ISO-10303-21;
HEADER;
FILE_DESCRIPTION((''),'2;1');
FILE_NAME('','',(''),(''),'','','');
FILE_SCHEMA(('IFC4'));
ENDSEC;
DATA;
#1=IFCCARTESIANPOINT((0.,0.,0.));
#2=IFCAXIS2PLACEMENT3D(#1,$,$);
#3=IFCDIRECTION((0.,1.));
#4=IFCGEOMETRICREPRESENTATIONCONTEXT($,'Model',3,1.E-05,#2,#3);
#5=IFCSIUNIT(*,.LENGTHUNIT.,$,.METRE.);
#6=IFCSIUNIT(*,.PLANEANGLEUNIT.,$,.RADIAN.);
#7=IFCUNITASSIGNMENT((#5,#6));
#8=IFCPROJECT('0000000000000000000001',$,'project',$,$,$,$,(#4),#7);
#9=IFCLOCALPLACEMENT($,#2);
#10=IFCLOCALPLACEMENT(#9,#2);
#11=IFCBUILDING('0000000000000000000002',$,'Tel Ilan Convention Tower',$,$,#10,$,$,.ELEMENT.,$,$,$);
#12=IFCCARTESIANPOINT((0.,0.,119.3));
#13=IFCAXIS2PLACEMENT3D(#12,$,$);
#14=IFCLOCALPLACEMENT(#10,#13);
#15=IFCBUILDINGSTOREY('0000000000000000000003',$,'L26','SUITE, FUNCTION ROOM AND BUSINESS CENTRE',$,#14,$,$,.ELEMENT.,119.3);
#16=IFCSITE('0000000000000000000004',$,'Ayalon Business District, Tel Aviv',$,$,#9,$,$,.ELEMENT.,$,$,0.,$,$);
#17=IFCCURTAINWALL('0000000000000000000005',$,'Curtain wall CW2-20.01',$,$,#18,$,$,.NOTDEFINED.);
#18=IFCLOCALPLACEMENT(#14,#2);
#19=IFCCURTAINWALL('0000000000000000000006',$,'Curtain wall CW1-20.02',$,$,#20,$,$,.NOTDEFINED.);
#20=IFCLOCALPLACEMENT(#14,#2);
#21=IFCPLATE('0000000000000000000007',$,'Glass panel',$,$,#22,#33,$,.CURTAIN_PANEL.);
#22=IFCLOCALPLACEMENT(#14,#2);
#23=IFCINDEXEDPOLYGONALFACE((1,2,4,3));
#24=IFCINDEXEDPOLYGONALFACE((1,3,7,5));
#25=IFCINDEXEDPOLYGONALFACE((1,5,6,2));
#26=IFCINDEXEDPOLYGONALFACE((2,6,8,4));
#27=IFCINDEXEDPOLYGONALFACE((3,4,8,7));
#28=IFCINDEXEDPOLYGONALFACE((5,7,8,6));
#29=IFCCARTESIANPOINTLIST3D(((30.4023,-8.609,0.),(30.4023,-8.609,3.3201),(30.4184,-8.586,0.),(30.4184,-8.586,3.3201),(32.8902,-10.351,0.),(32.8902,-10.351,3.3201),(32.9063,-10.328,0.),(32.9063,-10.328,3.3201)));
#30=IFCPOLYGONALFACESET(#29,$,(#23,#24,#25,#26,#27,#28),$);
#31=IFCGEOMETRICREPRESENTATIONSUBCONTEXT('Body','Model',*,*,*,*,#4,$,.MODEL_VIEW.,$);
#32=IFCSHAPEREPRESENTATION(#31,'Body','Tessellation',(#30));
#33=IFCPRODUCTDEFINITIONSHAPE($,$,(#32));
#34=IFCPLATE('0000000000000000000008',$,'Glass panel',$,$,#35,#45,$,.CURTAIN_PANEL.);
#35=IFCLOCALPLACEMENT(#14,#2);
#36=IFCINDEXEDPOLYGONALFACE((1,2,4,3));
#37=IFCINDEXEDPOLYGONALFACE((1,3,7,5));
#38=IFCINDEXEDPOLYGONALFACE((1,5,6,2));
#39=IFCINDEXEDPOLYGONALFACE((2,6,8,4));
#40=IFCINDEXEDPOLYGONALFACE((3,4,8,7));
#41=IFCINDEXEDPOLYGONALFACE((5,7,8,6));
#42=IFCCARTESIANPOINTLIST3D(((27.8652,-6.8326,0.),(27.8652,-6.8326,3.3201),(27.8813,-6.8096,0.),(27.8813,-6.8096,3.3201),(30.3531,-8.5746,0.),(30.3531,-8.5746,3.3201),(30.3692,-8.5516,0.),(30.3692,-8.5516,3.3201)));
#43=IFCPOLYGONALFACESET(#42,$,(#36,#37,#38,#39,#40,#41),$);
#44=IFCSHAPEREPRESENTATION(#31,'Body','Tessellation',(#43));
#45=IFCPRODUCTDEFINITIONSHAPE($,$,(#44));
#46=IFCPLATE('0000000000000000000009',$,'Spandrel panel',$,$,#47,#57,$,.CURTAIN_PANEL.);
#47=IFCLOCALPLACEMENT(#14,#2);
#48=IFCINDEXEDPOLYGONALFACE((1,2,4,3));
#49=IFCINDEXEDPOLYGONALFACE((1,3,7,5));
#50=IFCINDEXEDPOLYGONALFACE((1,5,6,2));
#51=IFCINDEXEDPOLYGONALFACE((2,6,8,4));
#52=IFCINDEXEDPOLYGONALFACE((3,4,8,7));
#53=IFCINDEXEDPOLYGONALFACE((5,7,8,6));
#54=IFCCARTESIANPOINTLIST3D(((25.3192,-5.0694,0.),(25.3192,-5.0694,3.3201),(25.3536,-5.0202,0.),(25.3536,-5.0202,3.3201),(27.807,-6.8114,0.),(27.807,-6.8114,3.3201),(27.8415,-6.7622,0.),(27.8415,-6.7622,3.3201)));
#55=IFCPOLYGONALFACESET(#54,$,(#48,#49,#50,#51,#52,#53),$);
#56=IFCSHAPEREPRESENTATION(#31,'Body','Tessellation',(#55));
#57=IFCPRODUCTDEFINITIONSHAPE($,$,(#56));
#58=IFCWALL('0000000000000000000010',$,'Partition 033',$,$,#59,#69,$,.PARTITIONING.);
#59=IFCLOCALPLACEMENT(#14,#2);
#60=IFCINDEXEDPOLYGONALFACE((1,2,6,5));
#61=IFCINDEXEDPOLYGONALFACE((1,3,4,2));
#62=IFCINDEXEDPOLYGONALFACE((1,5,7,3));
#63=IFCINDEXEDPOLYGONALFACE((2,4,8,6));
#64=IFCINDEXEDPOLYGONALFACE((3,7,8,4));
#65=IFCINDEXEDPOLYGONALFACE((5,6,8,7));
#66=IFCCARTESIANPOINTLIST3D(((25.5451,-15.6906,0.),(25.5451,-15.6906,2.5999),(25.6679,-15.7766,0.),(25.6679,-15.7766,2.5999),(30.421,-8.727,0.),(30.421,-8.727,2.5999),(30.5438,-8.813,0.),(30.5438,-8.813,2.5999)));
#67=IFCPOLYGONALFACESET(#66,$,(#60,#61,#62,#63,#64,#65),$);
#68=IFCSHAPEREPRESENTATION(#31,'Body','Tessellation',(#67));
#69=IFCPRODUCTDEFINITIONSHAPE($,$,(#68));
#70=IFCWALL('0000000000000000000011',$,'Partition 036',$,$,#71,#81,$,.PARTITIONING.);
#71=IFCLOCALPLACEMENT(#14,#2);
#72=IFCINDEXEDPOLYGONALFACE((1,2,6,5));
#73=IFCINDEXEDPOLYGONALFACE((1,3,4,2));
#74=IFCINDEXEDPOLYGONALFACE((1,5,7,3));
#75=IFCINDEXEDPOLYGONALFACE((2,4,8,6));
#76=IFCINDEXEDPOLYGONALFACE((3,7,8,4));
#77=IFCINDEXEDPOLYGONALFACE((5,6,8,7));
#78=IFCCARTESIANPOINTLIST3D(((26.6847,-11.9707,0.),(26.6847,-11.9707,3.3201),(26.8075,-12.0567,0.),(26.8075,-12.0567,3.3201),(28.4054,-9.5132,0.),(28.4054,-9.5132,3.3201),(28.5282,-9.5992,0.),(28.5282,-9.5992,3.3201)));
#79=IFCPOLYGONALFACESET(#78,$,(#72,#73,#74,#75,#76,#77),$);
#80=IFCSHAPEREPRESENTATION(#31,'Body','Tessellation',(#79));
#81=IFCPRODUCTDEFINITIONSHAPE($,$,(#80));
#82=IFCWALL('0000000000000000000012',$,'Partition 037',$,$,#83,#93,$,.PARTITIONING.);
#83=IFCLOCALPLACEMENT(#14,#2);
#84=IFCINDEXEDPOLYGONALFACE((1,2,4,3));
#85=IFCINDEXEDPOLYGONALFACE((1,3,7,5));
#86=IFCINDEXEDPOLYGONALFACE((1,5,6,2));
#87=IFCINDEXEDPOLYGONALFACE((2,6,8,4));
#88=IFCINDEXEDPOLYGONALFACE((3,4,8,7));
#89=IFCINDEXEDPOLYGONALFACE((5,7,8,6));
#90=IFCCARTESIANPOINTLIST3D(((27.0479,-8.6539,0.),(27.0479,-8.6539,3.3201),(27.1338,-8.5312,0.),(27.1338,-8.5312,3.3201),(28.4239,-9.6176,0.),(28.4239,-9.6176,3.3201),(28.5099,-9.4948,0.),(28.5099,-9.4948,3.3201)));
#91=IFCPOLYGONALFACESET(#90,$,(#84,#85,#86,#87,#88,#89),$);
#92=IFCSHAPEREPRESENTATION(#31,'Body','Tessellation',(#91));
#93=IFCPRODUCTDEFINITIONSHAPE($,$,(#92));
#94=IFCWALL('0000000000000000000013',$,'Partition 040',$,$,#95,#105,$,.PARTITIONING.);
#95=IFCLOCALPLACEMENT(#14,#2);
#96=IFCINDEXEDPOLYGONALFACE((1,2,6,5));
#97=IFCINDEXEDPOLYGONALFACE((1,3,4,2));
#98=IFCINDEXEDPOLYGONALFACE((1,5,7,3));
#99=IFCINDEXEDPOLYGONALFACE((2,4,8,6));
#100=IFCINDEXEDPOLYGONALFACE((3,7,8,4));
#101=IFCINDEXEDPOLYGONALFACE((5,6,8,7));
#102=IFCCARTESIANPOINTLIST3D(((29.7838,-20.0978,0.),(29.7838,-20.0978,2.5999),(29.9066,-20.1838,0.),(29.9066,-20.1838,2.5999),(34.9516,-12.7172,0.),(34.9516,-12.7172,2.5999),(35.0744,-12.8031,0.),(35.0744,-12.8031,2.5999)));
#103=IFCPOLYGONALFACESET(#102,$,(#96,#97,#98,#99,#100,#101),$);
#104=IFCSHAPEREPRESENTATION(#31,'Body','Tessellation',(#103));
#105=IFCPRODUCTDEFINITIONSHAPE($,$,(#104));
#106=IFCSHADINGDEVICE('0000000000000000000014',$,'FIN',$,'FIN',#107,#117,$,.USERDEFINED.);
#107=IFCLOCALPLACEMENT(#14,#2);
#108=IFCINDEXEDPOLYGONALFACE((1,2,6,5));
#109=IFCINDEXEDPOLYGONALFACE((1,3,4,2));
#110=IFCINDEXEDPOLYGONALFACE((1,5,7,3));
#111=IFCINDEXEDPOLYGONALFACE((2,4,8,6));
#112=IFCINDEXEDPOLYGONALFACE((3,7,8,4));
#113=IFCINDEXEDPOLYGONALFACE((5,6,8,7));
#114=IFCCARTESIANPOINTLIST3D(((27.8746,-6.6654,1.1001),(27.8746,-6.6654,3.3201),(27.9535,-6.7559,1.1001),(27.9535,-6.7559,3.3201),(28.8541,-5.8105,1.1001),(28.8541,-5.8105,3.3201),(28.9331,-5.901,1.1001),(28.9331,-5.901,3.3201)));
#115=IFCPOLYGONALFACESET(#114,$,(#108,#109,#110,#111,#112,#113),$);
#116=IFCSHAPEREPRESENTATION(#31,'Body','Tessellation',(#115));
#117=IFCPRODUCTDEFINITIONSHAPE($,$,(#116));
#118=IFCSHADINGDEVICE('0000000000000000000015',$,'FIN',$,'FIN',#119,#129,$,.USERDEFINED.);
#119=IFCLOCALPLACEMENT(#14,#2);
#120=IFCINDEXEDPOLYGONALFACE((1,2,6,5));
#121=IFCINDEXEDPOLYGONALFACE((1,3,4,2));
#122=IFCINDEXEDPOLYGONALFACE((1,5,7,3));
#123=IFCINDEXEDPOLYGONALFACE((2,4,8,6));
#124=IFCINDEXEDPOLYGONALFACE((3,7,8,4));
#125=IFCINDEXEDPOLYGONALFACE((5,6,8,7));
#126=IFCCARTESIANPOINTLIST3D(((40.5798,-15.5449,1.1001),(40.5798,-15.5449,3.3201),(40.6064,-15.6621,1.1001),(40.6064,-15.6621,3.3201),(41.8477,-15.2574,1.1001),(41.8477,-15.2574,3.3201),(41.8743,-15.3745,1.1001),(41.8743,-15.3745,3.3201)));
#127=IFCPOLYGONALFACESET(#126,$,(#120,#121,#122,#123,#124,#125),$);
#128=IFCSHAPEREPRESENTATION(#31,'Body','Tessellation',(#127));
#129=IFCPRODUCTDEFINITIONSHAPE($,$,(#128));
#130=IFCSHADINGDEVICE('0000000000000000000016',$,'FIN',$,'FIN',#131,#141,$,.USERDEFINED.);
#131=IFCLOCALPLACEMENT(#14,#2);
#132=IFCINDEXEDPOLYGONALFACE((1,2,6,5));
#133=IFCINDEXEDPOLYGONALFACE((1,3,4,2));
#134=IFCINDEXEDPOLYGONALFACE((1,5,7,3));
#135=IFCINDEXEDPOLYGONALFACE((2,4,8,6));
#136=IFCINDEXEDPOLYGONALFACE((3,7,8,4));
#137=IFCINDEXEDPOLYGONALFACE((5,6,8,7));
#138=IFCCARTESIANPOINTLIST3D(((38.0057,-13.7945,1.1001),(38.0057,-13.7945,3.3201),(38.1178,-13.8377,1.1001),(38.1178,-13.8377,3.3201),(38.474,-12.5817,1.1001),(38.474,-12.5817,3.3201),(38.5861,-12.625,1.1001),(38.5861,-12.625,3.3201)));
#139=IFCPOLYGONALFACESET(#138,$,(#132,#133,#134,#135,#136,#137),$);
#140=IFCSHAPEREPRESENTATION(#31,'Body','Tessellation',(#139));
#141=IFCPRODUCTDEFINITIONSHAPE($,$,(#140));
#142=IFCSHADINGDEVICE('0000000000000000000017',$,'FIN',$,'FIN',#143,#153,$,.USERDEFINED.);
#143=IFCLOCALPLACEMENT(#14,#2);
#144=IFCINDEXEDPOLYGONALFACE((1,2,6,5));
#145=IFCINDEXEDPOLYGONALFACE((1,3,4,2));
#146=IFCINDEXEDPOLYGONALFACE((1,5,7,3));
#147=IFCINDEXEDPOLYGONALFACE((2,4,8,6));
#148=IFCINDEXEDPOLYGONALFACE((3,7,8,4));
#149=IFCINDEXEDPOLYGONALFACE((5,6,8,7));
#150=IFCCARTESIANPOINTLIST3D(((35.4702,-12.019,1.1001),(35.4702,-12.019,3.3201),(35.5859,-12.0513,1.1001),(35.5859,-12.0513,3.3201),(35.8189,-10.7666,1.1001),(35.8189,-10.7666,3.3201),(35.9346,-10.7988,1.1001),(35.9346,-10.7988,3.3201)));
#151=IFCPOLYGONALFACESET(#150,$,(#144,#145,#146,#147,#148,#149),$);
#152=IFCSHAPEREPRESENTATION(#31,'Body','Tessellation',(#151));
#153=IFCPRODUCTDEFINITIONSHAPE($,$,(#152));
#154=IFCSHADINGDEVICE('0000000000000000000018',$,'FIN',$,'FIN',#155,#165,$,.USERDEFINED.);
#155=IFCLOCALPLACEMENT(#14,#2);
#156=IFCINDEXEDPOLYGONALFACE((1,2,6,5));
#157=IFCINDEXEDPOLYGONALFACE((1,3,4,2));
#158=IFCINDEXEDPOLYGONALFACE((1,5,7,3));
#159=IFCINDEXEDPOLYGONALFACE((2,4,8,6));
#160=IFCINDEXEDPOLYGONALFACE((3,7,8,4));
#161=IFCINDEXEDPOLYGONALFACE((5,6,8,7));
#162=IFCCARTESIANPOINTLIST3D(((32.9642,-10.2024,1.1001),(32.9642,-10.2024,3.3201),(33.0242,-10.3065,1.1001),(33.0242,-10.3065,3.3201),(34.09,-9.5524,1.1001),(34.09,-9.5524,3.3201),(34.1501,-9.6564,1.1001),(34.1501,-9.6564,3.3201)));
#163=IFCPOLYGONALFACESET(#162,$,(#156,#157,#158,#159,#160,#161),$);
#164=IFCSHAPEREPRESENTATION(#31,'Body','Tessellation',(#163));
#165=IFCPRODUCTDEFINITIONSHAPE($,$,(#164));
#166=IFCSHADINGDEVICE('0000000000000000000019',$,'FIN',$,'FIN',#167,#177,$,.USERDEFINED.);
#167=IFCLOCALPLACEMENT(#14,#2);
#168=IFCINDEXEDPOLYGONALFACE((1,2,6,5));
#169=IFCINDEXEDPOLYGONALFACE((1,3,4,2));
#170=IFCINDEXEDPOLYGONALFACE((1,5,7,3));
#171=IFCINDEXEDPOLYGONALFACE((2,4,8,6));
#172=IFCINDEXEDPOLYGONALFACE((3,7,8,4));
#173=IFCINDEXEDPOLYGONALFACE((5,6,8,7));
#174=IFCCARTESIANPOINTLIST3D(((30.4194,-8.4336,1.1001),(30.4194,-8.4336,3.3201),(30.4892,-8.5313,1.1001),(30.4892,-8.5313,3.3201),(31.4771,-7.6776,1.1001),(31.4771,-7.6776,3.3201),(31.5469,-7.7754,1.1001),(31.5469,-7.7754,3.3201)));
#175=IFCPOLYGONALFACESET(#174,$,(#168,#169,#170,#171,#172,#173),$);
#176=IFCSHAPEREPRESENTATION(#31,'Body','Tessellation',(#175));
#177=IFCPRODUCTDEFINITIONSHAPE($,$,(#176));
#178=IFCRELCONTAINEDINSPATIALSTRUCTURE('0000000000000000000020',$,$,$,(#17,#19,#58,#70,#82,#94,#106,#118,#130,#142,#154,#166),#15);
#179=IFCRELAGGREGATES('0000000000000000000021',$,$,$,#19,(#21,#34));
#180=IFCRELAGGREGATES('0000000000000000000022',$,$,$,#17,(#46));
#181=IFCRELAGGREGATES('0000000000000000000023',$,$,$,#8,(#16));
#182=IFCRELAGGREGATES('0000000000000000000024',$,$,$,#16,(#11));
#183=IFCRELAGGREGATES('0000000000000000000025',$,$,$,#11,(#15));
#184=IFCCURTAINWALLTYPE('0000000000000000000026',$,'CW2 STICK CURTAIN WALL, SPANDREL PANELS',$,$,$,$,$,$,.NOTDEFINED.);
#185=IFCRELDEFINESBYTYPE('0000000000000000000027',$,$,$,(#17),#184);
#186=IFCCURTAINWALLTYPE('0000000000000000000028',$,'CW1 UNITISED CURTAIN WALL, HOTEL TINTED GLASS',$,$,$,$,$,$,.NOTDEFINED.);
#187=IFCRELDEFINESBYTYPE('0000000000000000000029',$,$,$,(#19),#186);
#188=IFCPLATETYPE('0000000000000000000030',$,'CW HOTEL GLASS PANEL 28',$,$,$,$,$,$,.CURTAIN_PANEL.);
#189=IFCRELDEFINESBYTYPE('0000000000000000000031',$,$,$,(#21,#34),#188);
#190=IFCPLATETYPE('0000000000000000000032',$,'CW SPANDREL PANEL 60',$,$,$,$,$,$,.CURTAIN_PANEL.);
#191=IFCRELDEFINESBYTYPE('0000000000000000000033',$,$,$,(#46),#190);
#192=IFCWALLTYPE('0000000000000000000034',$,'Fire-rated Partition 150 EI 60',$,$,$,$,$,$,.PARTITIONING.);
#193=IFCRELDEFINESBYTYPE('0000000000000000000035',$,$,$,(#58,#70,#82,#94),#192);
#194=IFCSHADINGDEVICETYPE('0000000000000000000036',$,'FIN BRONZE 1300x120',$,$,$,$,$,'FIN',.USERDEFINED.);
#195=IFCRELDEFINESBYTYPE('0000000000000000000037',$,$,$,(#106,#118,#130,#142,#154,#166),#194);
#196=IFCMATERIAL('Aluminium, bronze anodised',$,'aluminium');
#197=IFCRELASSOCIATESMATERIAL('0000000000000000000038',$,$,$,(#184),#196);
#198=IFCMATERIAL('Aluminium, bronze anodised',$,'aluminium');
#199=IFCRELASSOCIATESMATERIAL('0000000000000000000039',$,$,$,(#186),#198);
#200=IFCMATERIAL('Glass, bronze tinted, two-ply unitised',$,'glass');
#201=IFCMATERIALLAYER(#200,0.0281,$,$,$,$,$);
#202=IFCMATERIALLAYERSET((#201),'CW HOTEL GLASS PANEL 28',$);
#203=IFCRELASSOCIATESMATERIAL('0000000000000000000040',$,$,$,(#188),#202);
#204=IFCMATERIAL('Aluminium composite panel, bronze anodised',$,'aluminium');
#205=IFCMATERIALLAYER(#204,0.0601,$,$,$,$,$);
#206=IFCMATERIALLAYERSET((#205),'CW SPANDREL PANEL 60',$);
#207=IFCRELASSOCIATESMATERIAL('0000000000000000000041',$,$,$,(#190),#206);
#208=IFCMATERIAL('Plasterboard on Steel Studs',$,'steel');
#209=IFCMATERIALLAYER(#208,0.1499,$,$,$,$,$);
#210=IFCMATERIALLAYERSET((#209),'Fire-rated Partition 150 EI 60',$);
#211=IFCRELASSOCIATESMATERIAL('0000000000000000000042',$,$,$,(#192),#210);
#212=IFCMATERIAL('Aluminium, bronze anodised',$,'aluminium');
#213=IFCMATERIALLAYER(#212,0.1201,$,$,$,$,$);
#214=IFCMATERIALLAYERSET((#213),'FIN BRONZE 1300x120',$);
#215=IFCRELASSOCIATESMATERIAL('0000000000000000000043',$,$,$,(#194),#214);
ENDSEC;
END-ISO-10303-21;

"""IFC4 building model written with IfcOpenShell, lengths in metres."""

from ifc_helpers import new_model, si_unit, direction, frame, frame_2d, origin, origin_2d, place, context, subcontext, project, spatial, rectangle, extrude, material, layer, layer_set, type_object, element, aggregate, save


model = new_model("IFC4")

# Units and contexts
model_context = context("Model", 3, precision=1e-05, world=origin(), true_north=direction((0.0, 1.0)))
body_context = subcontext(model_context, "Body", "Model", "MODEL_VIEW")
ifc_project = project(units=[si_unit("LENGTHUNIT", "METRE"), si_unit("PLANEANGLEUNIT", "RADIAN")], contexts=[model_context])

# Site, building, storey
site_placement = place(None, origin())
site = spatial("IfcSite", under=ifc_project, at=site_placement, Name="Ayalon Business District, Tel Aviv", CompositionType="ELEMENT", RefElevation=0.0)
building_placement = place(site_placement, origin())
building = spatial("IfcBuilding", under=site, at=building_placement, Name="Tel Ilan Convention Tower", CompositionType="ELEMENT")
storey_placement = place(building_placement, frame((0.0, 0.0, 119.3)))
storey = spatial("IfcBuildingStorey", under=building, at=storey_placement, Name="L26", Description="SUITE, FUNCTION ROOM AND BUSINESS CENTRE", CompositionType="ELEMENT", Elevation=119.3)

# Curtain walls
ifc_material_1 = material(Name="Aluminium, bronze anodised", Category="aluminium")
curtain_wall_type_1 = type_object("IfcCurtainWallType", Name="CW2 STICK CURTAIN WALL, SPANDREL PANELS", PredefinedType="NOTDEFINED", material=ifc_material_1)
curtain_wall_1_placement = place(storey_placement, origin())
curtain_wall_1 = element("IfcCurtainWall", 1, at=curtain_wall_1_placement, inside=storey, type_object=curtain_wall_type_1, Name="Curtain wall CW2-20.01", PredefinedType="NOTDEFINED")
ifc_material_2 = material(Name="Aluminium, bronze anodised", Category="aluminium")
curtain_wall_type_2 = type_object("IfcCurtainWallType", Name="CW1 UNITISED CURTAIN WALL, HOTEL TINTED GLASS", PredefinedType="NOTDEFINED", material=ifc_material_2)
curtain_wall_2_placement = place(storey_placement, origin())
curtain_wall_2 = element("IfcCurtainWall", 2, at=curtain_wall_2_placement, inside=storey, type_object=curtain_wall_type_2, Name="Curtain wall CW1-20.02", PredefinedType="NOTDEFINED")

# Plates
ifc_material_3 = material(Name="Glass, bronze tinted, two-ply unitised", Category="glass")
ifc_layer_1 = layer(ifc_material_3, 0.0281)
ifc_layer_set_1 = layer_set([ifc_layer_1], Name="CW HOTEL GLASS PANEL 28")
plate_type_1 = type_object("IfcPlateType", Name="CW HOTEL GLASS PANEL 28", PredefinedType="CURTAIN_PANEL", material=ifc_layer_set_1)
plate_1_placement = place(storey_placement, frame((31.6543, -9.4685, 0.0), z_axis=(0.0, 0.0, 1.0), x_axis=(-0.819152, 0.573576, 0.0)))
plate_1 = element("IfcPlate", 3, at=plate_1_placement, type_object=plate_type_1, Name="Glass panel", PredefinedType="CURTAIN_PANEL", context=body_context, shape_type="SweptSolid", body=[
    extrude(rectangle(XDim=3.0371, YDim=0.0281, at=origin_2d()), origin(), (0.0, 0.0, 1.0), 3.3201),
])
plate_2_placement = place(storey_placement, frame((29.1172, -7.6921, 0.0), z_axis=(0.0, 0.0, 1.0), x_axis=(-0.819152, 0.573576, 0.0)))
plate_2 = element("IfcPlate", 4, at=plate_2_placement, type_object=plate_type_1, Name="Glass panel", PredefinedType="CURTAIN_PANEL", context=body_context, shape_type="SweptSolid", body=[
    extrude(rectangle(XDim=3.0371, YDim=0.0281, at=origin_2d()), origin(), (0.0, 0.0, 1.0), 3.3201),
])
aggregate(curtain_wall_2, [plate_1, plate_2])
ifc_material_4 = material(Name="Aluminium composite panel, bronze anodised", Category="aluminium")
ifc_layer_2 = layer(ifc_material_4, 0.0601)
ifc_layer_set_2 = layer_set([ifc_layer_2], Name="CW SPANDREL PANEL 60")
plate_type_2 = type_object("IfcPlateType", Name="CW SPANDREL PANEL 60", PredefinedType="CURTAIN_PANEL", material=ifc_layer_set_2)
plate_3_placement = place(storey_placement, frame((26.5803, -5.9158, 0.0), z_axis=(0.0, 0.0, 1.0), x_axis=(-0.819152, 0.573576, 0.0)))
plate_3 = element("IfcPlate", 5, at=plate_3_placement, type_object=plate_type_2, Name="Spandrel panel", PredefinedType="CURTAIN_PANEL", context=body_context, shape_type="SweptSolid", body=[
    extrude(rectangle(XDim=3.0371, YDim=0.0601, at=origin_2d()), origin(), (0.0, 0.0, 1.0), 3.3201),
])
aggregate(curtain_wall_1, [plate_3])

# Walls
ifc_material_5 = material(Name="Plasterboard on Steel Studs", Category="steel")
ifc_layer_3 = layer(ifc_material_5, 0.1499)
ifc_layer_set_3 = layer_set([ifc_layer_3], Name="Fire-rated Partition 150 EI 60")
wall_type = type_object("IfcWallType", Name="Fire-rated Partition 150 EI 60", PredefinedType="PARTITIONING", material=ifc_layer_set_3)
wall_1_placement = place(storey_placement, frame((30.4824, -8.77, 0.0), z_axis=(0.0, 0.0, 1.0), x_axis=(-0.573576, -0.819152, 0.0)))
element("IfcWall", 6, at=wall_1_placement, inside=storey, type_object=wall_type, Name="Partition 033", PredefinedType="PARTITIONING", context=body_context, shape_type="SweptSolid", body=[
    extrude(rectangle(XDim=8.501, YDim=0.1499, at=frame_2d((4.2505, 0.0))), origin(), (0.0, 0.0, 1.0), 2.5999),
])
wall_2_placement = place(storey_placement, frame((26.7461, -12.0137, 0.0), z_axis=(0.0, 0.0, 1.0), x_axis=(0.573561, 0.819163, 0.0)))
element("IfcWall", 7, at=wall_2_placement, inside=storey, type_object=wall_type, Name="Partition 036", PredefinedType="PARTITIONING", context=body_context, shape_type="SweptSolid", body=[
    extrude(rectangle(XDim=3.0, YDim=0.1499, at=frame_2d((1.5, 0.0))), origin(), (0.0, 0.0, 1.0), 3.3201),
])
wall_3_placement = place(storey_placement, frame((28.4668, -9.5562, 0.0), z_axis=(0.0, 0.0, 1.0), x_axis=(-0.819109, 0.573638, 0.0)))
element("IfcWall", 8, at=wall_3_placement, inside=storey, type_object=wall_type, Name="Partition 037", PredefinedType="PARTITIONING", context=body_context, shape_type="SweptSolid", body=[
    extrude(rectangle(XDim=1.6799, YDim=0.1499, at=frame_2d((0.8398, 0.0))), origin(), (0.0, 0.0, 1.0), 3.3201),
])
wall_4_placement = place(storey_placement, frame((35.0129, -12.7603, 0.0), z_axis=(0.0, 0.0, 1.0), x_axis=(-0.573559, -0.819164, 0.0)))
element("IfcWall", 9, at=wall_4_placement, inside=storey, type_object=wall_type, Name="Partition 040", PredefinedType="PARTITIONING", context=body_context, shape_type="SweptSolid", body=[
    extrude(rectangle(XDim=9.01, YDim=0.1499, at=frame_2d((4.5049, 0.0))), origin(), (0.0, 0.0, 1.0), 2.5999),
])

# Shading devices
ifc_material_6 = material(Name="Aluminium, bronze anodised", Category="aluminium")
ifc_layer_4 = layer(ifc_material_6, 0.1201)
ifc_layer_set_4 = layer_set([ifc_layer_4], Name="FIN BRONZE 1300x120")
shading_device_type = type_object("IfcShadingDeviceType", Name="FIN BRONZE 1300x120", ElementType="FIN", PredefinedType="USERDEFINED", material=ifc_layer_set_4)
for number, where, z_axis, x_axis, name in (
    (10, (28.4038, -6.2832, 1.1001), (0.0, 0.0, 1.0), (0.753436, 0.657521, 0.0), "FIN"),
    (11, (41.2271, -15.4597, 1.1001), (0.0, 0.0, 1.0), (0.975235, 0.22117, 0.0), "FIN"),
    (12, (38.2959, -13.2097, 1.1001), (0.0, 0.0, 1.0), (0.360178, 0.932884, 0.0), "FIN"),
    (13, (35.7024, -11.4089, 1.1001), (0.0, 0.0, 1.0), (0.268173, 0.963371, 0.0), "FIN"),
    (14, (33.5571, -9.9294, 1.1001), (0.0, 0.0, 1.0), (0.866025, 0.5, 0.0), "FIN"),
    (15, (30.9832, -8.1045, 1.1001), (0.0, 0.0, 1.0), (0.813552, 0.581492, 0.0), "FIN"),
):
    element("IfcShadingDevice", number, at=place(storey_placement, frame(where, z_axis=z_axis, x_axis=x_axis)), inside=storey, type_object=shading_device_type, Name=name, ObjectType="FIN", PredefinedType="USERDEFINED", context=body_context, shape_type="SweptSolid", body=[
        extrude(rectangle(XDim=1.3, YDim=0.1201, at=origin_2d()), origin(), (0.0, 0.0, 1.0), 2.22),
    ])

save(model, "model.ifc")
